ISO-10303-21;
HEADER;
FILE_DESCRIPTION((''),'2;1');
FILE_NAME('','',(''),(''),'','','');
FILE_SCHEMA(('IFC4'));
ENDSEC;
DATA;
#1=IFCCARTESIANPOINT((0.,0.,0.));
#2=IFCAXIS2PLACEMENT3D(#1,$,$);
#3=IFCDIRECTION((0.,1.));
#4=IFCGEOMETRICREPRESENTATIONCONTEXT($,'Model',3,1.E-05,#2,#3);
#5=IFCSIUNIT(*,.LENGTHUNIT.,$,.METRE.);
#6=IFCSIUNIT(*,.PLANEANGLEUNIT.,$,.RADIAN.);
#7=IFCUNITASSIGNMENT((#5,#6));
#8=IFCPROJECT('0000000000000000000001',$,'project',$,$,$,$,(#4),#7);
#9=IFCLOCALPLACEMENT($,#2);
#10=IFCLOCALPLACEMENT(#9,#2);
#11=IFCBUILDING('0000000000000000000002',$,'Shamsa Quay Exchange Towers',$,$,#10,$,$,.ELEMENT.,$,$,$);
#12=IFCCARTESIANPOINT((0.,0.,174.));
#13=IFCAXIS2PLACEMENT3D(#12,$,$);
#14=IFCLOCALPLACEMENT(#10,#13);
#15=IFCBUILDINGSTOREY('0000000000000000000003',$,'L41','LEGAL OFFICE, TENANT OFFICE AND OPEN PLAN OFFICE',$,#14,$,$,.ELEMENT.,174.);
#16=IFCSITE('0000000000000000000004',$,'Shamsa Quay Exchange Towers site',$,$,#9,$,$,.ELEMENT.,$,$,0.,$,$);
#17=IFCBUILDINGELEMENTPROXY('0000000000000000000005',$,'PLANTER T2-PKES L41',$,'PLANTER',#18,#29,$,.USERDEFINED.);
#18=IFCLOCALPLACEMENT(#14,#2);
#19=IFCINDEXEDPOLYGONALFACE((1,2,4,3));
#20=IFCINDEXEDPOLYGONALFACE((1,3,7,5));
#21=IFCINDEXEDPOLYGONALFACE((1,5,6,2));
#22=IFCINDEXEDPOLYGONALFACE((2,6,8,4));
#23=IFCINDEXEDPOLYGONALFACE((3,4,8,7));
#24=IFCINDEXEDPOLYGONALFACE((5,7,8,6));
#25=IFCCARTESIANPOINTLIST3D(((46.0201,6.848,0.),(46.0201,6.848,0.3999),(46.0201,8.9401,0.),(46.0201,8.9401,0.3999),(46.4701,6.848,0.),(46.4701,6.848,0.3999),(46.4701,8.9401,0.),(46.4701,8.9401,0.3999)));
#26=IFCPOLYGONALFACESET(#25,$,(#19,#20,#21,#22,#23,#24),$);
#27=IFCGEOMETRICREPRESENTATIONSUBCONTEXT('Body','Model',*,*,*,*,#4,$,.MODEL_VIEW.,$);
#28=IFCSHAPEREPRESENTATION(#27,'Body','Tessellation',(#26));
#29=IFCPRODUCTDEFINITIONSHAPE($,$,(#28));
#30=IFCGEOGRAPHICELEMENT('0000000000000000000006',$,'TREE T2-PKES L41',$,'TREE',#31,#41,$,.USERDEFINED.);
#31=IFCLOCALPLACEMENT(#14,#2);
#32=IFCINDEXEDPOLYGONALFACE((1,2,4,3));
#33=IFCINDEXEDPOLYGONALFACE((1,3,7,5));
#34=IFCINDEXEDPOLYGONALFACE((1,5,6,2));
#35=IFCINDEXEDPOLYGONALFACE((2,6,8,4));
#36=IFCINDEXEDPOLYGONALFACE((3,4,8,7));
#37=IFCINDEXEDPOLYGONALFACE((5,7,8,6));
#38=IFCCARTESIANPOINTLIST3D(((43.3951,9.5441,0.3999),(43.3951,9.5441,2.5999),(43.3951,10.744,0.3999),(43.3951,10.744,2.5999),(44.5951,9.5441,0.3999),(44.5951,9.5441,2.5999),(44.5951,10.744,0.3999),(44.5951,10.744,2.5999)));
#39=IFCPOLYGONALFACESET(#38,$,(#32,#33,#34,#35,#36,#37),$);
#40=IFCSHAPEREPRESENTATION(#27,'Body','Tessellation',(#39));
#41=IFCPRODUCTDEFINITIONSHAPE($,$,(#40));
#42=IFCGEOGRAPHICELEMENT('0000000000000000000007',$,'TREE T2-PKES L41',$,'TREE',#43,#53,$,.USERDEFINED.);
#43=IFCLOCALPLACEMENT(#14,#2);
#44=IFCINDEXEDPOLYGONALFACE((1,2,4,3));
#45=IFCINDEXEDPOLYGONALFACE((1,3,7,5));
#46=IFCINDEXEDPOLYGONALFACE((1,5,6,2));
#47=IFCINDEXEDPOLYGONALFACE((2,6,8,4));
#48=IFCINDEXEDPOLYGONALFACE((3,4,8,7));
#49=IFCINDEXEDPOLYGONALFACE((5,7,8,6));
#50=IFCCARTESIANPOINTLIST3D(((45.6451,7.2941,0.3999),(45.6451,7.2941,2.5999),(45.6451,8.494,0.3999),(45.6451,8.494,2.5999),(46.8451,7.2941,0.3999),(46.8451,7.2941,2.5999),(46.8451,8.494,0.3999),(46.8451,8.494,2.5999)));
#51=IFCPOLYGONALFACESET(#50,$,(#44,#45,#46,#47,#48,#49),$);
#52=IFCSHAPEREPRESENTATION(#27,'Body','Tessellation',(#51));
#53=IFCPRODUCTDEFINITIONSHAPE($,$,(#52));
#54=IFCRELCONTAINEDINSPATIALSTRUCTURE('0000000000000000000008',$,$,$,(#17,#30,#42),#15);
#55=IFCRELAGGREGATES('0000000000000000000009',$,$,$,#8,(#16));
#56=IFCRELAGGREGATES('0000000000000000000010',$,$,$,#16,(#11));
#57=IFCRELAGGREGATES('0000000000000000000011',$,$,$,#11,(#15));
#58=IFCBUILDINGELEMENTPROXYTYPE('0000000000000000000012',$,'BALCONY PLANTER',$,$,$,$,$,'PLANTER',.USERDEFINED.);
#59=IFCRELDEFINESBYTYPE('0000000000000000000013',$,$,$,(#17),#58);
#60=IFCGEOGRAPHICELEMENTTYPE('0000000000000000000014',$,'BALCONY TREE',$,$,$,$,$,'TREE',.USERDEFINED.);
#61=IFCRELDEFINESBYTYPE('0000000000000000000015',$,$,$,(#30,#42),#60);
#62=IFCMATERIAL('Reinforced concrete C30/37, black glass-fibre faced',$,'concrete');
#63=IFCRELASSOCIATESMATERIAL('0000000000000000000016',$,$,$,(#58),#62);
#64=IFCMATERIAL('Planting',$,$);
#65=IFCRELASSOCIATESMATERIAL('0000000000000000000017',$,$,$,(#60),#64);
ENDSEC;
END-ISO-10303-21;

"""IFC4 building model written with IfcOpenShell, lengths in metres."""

from ifc_helpers import new_model, si_unit, direction, frame, origin, origin_2d, place, context, subcontext, project, spatial, rectangle, extrude, material, type_object, element, save


model = new_model("IFC4")

# Units and contexts
model_context = context("Model", 3, precision=1e-05, world=origin(), true_north=direction((0.0, 1.0)))
body_context = subcontext(model_context, "Body", "Model", "MODEL_VIEW")
ifc_project = project(units=[si_unit("LENGTHUNIT", "METRE"), si_unit("PLANEANGLEUNIT", "RADIAN")], contexts=[model_context])

# Site, building, storey
site_placement = place(None, origin())
site = spatial("IfcSite", under=ifc_project, at=site_placement, Name="Shamsa Quay Exchange Towers site", CompositionType="ELEMENT", RefElevation=0.0)
building_placement = place(site_placement, origin())
building = spatial("IfcBuilding", under=site, at=building_placement, Name="Shamsa Quay Exchange Towers", CompositionType="ELEMENT")
storey_placement = place(building_placement, frame((0.0, 0.0, 174.0)))
storey = spatial("IfcBuildingStorey", under=building, at=storey_placement, Name="L41", Description="LEGAL OFFICE, TENANT OFFICE AND OPEN PLAN OFFICE", CompositionType="ELEMENT", Elevation=174.0)

# Building element proxy
ifc_material_1 = material(Name="Reinforced concrete C30/37, black glass-fibre faced", Category="concrete")
building_element_proxy_type = type_object("IfcBuildingElementProxyType", Name="BALCONY PLANTER", ElementType="PLANTER", PredefinedType="USERDEFINED", material=ifc_material_1)
for number, where, z_axis, x_axis, name in (
    (1, (46.2451, 7.894, 0.0), (0.0, 0.0, 1.0), (0.0, 1.0, 0.0), "PLANTER T2-PKES L41"),
):
    element("IfcBuildingElementProxy", number, at=place(storey_placement, frame(where, z_axis=z_axis, x_axis=x_axis)), inside=storey, type_object=building_element_proxy_type, Name=name, ObjectType="PLANTER", PredefinedType="USERDEFINED", context=body_context, shape_type="SweptSolid", body=[
        extrude(rectangle(XDim=2.092, YDim=0.45, at=origin_2d()), origin(), (0.0, 0.0, 1.0), 0.3999),
    ])

# Geographic elements
ifc_material_2 = material(Name="Planting")
geographic_element_type = type_object("IfcGeographicElementType", Name="BALCONY TREE", ElementType="TREE", PredefinedType="USERDEFINED", material=ifc_material_2)
for number, where, z_axis, x_axis, name in (
    (2, (43.9951, 10.144, 0.3999), (0.0, 0.0, 1.0), (0.0, 1.0, 0.0), "TREE T2-PKES L41"),
    (3, (46.2451, 7.894, 0.3999), (0.0, 0.0, 1.0), (0.0, 1.0, 0.0), "TREE T2-PKES L41"),
):
    element("IfcGeographicElement", number, at=place(storey_placement, frame(where, z_axis=z_axis, x_axis=x_axis)), inside=storey, type_object=geographic_element_type, Name=name, ObjectType="TREE", PredefinedType="USERDEFINED", context=body_context, shape_type="SweptSolid", body=[
        extrude(rectangle(XDim=1.2, YDim=1.2, at=origin_2d()), origin(), (0.0, 0.0, 1.0), 2.2),
    ])

save(model, "model.ifc")
